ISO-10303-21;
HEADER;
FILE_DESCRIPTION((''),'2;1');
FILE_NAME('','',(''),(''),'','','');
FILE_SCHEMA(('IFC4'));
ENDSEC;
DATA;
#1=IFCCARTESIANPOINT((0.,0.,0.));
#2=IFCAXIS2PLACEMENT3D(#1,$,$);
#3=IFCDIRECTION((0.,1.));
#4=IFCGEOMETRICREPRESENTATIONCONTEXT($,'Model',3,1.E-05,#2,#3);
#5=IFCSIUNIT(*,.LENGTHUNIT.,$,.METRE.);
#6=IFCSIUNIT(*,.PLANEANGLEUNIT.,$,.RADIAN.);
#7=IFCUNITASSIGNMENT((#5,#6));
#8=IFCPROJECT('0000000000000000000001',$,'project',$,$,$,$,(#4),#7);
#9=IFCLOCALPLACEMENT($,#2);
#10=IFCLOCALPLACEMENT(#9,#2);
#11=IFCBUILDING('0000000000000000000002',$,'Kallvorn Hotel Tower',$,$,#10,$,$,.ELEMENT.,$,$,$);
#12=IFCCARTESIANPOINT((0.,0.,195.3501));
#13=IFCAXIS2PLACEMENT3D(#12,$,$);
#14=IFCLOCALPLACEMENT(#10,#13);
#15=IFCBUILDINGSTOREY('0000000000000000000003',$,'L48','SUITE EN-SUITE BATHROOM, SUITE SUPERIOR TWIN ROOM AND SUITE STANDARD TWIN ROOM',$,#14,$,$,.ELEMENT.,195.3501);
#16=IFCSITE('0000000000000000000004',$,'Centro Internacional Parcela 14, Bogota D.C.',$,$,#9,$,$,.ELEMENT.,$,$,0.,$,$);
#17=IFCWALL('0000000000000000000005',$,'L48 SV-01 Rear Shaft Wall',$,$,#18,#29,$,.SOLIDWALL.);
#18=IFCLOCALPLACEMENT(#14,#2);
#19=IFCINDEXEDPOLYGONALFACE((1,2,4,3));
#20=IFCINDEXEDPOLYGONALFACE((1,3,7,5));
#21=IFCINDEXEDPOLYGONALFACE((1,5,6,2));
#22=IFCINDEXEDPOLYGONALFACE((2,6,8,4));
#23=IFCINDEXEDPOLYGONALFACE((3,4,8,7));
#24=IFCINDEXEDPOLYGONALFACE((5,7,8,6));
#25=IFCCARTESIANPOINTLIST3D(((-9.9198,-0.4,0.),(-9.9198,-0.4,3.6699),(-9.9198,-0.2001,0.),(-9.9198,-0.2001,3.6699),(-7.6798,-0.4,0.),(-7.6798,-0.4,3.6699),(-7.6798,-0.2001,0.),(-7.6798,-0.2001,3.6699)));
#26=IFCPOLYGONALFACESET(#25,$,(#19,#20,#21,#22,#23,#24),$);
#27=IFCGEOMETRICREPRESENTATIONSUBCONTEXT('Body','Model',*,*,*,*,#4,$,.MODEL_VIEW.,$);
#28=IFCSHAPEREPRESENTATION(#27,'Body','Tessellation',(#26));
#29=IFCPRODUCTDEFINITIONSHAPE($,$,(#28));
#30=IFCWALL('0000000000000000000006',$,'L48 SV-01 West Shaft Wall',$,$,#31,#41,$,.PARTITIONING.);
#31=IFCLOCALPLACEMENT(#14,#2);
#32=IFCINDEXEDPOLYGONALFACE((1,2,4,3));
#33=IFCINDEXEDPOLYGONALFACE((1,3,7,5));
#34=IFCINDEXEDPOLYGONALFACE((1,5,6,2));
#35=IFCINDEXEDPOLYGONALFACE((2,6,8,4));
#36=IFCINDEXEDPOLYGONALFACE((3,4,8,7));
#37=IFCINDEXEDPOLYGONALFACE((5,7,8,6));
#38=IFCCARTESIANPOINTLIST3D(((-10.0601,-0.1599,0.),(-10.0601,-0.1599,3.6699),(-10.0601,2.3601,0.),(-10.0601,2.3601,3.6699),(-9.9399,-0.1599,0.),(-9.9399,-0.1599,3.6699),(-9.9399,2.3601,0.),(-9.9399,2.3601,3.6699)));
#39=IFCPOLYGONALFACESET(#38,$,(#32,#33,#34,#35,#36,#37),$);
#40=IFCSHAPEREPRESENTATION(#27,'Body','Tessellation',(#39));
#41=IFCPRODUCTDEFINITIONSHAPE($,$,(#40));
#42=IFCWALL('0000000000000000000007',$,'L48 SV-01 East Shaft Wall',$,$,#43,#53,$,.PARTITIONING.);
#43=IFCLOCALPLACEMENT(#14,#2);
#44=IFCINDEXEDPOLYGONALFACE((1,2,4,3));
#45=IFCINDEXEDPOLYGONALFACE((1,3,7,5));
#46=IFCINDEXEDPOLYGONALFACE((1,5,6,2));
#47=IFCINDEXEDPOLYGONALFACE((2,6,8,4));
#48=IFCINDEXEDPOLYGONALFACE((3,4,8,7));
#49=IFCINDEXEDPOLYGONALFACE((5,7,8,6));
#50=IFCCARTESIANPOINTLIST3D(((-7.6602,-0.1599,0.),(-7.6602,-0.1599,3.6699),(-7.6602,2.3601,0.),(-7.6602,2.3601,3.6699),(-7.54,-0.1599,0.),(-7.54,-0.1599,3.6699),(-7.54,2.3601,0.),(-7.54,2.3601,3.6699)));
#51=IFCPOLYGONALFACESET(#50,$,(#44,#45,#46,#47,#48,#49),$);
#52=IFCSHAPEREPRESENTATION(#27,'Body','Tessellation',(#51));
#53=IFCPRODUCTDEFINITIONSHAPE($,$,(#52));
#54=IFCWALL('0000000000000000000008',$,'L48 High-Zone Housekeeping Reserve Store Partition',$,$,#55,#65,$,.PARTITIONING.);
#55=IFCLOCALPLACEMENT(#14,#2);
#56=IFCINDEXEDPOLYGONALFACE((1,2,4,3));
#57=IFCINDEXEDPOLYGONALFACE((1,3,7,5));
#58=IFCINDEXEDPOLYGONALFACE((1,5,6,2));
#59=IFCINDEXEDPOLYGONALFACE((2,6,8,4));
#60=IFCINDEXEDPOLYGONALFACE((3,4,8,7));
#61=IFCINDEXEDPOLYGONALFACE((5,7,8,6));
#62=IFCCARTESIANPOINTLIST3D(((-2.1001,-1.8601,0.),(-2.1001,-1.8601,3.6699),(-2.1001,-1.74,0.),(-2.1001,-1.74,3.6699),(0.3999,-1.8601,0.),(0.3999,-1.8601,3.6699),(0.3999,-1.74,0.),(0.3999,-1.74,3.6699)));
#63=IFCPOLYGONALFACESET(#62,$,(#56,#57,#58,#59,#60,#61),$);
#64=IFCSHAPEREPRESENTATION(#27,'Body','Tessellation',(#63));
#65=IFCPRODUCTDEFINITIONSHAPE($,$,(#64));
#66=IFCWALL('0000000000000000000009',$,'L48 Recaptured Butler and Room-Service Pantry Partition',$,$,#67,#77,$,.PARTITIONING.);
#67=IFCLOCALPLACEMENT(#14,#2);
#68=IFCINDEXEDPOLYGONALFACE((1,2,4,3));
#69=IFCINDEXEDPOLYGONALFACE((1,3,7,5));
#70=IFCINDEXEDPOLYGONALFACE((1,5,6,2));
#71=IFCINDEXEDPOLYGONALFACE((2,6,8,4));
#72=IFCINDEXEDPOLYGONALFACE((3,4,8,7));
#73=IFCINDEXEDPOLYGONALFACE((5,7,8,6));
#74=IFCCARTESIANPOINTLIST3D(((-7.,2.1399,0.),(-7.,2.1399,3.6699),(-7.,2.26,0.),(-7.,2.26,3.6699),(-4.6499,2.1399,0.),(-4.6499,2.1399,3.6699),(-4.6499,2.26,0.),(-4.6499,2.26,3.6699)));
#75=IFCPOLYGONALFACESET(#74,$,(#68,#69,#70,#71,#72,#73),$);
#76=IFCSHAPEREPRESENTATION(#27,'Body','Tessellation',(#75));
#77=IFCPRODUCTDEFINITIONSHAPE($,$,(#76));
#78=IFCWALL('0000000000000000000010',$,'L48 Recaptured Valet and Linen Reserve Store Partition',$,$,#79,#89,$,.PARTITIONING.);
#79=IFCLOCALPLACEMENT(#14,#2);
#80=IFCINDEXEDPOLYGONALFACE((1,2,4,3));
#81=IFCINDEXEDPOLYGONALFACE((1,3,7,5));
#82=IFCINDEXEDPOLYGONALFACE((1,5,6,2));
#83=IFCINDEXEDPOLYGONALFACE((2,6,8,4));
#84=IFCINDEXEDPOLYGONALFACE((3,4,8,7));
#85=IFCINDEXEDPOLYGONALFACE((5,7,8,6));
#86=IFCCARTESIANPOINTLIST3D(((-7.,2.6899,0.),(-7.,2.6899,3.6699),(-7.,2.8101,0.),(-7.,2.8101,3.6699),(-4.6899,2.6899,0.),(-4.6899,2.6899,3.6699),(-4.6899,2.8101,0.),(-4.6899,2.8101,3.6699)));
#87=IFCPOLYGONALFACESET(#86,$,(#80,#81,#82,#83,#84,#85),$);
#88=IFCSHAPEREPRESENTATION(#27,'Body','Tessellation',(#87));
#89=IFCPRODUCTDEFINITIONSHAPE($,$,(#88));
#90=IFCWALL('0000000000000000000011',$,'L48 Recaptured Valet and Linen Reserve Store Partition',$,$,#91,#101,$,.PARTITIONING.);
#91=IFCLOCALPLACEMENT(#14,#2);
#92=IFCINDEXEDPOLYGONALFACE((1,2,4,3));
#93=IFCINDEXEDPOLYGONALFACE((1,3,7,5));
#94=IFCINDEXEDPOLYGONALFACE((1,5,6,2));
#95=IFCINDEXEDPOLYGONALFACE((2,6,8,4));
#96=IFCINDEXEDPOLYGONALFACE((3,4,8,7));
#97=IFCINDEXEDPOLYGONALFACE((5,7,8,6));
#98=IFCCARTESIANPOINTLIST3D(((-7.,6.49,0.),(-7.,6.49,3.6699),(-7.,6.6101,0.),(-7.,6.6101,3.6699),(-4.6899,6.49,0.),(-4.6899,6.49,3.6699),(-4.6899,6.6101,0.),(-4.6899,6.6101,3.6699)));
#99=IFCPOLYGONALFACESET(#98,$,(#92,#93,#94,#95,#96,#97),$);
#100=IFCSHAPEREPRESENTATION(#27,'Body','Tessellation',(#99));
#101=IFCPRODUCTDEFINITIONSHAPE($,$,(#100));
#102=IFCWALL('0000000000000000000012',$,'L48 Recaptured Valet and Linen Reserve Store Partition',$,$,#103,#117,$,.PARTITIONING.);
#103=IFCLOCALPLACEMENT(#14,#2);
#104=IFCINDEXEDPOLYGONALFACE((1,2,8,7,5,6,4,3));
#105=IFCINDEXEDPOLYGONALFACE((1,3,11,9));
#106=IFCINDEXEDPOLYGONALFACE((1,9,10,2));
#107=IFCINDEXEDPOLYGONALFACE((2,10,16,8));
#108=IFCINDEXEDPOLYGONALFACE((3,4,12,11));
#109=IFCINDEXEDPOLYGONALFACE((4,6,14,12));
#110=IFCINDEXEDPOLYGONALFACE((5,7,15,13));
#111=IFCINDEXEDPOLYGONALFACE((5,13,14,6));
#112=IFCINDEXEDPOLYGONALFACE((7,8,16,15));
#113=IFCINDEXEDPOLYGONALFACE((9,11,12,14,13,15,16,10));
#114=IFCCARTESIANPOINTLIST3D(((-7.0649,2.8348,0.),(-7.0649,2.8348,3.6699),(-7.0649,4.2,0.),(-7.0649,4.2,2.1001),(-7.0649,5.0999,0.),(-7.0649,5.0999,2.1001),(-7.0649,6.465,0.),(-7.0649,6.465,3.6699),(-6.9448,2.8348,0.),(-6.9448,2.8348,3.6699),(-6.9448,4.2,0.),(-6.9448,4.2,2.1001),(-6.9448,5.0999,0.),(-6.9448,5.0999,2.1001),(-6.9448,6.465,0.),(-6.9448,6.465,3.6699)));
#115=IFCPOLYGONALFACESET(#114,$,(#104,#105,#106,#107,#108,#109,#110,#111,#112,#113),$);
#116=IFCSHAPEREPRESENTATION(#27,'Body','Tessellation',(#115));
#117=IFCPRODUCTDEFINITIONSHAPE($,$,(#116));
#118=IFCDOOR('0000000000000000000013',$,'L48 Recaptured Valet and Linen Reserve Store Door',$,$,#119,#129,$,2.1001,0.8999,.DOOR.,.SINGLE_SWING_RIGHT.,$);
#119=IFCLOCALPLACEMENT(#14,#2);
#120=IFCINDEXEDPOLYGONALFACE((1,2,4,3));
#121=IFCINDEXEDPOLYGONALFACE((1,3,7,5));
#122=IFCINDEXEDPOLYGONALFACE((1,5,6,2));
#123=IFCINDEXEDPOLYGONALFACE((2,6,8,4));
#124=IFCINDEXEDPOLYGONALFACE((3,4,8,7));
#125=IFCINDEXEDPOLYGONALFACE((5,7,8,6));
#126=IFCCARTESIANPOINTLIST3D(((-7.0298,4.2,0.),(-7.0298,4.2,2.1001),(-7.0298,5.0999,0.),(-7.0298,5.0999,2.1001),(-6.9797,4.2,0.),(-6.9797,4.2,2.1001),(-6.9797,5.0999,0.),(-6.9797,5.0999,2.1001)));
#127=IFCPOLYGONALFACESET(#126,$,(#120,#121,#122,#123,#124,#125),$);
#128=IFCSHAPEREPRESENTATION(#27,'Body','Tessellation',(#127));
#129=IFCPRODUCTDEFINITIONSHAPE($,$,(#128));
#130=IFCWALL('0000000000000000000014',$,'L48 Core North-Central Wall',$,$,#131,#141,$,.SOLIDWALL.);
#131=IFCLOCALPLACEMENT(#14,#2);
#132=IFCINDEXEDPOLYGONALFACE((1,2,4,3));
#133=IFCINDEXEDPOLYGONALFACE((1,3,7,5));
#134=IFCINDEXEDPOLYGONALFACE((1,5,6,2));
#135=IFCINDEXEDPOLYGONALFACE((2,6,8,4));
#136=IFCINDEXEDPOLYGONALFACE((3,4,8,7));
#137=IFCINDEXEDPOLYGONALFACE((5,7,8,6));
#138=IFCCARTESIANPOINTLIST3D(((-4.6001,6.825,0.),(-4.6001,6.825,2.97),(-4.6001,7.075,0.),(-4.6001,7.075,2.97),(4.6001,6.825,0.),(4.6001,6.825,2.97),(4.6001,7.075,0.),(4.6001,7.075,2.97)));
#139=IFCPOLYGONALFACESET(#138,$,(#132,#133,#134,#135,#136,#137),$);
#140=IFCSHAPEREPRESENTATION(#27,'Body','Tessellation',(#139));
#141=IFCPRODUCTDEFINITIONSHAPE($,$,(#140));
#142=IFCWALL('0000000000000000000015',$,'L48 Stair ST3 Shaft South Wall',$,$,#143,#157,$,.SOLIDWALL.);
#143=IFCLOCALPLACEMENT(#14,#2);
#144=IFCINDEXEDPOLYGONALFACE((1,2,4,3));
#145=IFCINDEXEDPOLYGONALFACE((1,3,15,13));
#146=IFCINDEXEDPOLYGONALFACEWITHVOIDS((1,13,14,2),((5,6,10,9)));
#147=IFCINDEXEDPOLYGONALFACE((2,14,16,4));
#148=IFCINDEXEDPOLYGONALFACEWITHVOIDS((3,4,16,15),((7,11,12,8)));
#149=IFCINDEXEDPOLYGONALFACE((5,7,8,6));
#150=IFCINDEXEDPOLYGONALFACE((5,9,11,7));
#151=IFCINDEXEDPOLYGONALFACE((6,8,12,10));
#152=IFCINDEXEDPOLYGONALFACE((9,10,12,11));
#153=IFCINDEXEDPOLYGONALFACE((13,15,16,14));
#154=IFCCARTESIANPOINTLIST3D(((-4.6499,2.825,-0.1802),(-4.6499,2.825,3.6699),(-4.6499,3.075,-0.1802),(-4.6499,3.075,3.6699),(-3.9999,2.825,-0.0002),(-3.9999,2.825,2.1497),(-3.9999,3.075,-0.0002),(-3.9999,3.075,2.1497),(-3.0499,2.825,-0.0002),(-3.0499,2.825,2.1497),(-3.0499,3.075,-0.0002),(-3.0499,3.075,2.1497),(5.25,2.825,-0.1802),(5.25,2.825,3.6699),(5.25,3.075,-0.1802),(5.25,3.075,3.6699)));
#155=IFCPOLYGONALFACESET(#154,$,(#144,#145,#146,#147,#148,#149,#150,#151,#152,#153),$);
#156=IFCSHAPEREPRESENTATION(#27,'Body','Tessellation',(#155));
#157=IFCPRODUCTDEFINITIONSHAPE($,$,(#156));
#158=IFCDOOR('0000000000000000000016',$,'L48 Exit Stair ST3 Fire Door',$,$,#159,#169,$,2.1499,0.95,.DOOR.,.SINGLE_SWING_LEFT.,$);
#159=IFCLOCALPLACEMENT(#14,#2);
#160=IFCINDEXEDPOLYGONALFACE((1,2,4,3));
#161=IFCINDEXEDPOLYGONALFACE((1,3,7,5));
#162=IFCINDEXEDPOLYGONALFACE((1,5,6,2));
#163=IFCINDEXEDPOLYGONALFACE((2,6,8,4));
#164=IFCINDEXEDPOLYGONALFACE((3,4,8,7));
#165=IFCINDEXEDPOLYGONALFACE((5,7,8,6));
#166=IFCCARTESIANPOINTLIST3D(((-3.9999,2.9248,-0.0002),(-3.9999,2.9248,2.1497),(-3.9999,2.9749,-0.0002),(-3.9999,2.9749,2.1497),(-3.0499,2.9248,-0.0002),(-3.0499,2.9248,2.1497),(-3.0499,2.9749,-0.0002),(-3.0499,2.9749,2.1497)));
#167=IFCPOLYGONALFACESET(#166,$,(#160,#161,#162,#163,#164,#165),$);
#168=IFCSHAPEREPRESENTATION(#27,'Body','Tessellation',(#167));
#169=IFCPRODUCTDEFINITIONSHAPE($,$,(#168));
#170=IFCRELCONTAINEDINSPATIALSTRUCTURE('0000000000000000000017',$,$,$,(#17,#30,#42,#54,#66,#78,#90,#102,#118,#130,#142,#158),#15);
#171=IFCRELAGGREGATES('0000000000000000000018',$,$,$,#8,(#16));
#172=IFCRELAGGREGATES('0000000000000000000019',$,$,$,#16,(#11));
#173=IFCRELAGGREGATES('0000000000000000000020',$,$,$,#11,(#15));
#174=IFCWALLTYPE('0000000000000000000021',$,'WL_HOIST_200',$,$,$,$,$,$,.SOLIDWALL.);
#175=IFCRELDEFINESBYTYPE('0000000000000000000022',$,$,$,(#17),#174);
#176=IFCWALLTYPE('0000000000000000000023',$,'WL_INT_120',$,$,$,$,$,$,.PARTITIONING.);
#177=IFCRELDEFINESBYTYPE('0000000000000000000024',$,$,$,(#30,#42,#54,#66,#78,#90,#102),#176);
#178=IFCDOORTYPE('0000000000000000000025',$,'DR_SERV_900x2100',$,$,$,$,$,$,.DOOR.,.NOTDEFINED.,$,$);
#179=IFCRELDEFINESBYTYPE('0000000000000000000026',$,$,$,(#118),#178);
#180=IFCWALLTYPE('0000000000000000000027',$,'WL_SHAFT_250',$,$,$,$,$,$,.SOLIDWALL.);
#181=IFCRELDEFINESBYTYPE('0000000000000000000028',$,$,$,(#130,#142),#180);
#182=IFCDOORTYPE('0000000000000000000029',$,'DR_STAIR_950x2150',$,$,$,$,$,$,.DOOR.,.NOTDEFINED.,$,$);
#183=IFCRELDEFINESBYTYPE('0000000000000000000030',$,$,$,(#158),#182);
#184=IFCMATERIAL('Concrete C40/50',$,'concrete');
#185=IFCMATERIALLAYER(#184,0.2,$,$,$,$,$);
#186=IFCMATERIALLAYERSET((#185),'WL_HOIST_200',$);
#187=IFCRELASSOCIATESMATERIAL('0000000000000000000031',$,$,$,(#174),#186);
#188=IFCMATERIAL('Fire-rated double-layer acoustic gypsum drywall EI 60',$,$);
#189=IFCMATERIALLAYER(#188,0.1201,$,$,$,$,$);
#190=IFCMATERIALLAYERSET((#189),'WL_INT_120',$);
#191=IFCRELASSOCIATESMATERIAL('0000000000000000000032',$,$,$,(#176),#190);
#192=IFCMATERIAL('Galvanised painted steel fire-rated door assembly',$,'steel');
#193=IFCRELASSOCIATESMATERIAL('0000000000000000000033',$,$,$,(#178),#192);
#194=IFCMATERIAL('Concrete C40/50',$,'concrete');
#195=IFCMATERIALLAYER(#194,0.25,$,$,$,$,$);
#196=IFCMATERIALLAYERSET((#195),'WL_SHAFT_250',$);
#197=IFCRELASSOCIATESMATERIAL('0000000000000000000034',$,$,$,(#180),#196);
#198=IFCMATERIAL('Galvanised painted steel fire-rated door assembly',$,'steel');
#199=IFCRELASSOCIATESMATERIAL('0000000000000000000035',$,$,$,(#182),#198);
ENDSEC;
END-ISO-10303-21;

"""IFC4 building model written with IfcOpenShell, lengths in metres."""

from ifc_helpers import new_model, si_unit, direction, frame, frame_2d, origin, place, context, subcontext, project, spatial, rectangle, extrude, material, layer, layer_set, type_object, element, fill, save


model = new_model("IFC4")

# Units and contexts
model_context = context("Model", 3, precision=1e-05, world=origin(), true_north=direction((0.0, 1.0)))
body_context = subcontext(model_context, "Body", "Model", "MODEL_VIEW")
ifc_project = project(units=[si_unit("LENGTHUNIT", "METRE"), si_unit("PLANEANGLEUNIT", "RADIAN")], contexts=[model_context])

# Site, building, storey
site_placement = place(None, origin())
site = spatial("IfcSite", under=ifc_project, at=site_placement, Name="Centro Internacional Parcela 14, Bogota D.C.", CompositionType="ELEMENT", RefElevation=0.0)
building_placement = place(site_placement, origin())
building = spatial("IfcBuilding", under=site, at=building_placement, Name="Kallvorn Hotel Tower", CompositionType="ELEMENT")
storey_placement = place(building_placement, frame((0.0, 0.0, 195.3501)))
storey = spatial("IfcBuildingStorey", under=building, at=storey_placement, Name="L48", Description="SUITE EN-SUITE BATHROOM, SUITE SUPERIOR TWIN ROOM AND SUITE STANDARD TWIN ROOM", CompositionType="ELEMENT", Elevation=195.3501)

# Shared definitions
ifc_material_1 = material(Name="Concrete C40/50", Category="concrete")
ifc_layer_1 = layer(ifc_material_1, 0.2)
ifc_layer_set_1 = layer_set([ifc_layer_1], Name="WL_HOIST_200")
wall_type_1 = type_object("IfcWallType", Name="WL_HOIST_200", PredefinedType="SOLIDWALL", material=ifc_layer_set_1)

# Walls
wall_1_placement = place(storey_placement, frame((-9.9199, -0.3, 0.0), z_axis=(0.0, 0.0, 1.0), x_axis=(1.0, 0.0, 0.0)))
element("IfcWall", 1, at=wall_1_placement, inside=storey, type_object=wall_type_1, Name="L48 SV-01 Rear Shaft Wall", PredefinedType="SOLIDWALL", context=body_context, shape_type="SweptSolid", body=[
    extrude(rectangle(XDim=2.24, YDim=0.2, at=frame_2d((1.1201, 0.0))), origin(), (0.0, 0.0, 1.0), 3.6699),
])
ifc_material_2 = material(Name="Fire-rated double-layer acoustic gypsum drywall EI 60")
ifc_layer_2 = layer(ifc_material_2, 0.1201)
ifc_layer_set_2 = layer_set([ifc_layer_2], Name="WL_INT_120")
wall_type_2 = type_object("IfcWallType", Name="WL_INT_120", PredefinedType="PARTITIONING", material=ifc_layer_set_2)
for number, where, z_axis, x_axis, name in (
    (2, (-10.0, -0.1599, 0.0), (0.0, 0.0, 1.0), (0.0, 1.0, 0.0), "L48 SV-01 West Shaft Wall"),
    (3, (-7.6001, -0.1599, 0.0), (0.0, 0.0, 1.0), (0.0, 1.0, 0.0), "L48 SV-01 East Shaft Wall"),
):
    element("IfcWall", number, at=place(storey_placement, frame(where, z_axis=z_axis, x_axis=x_axis)), inside=storey, type_object=wall_type_2, Name=name, PredefinedType="PARTITIONING", context=body_context, shape_type="SweptSolid", body=[
        extrude(rectangle(XDim=2.52, YDim=0.1201, at=frame_2d((1.26, 0.0))), origin(), (0.0, 0.0, 1.0), 3.6699),
    ])
wall_2_placement = place(storey_placement, frame((-2.1001, -1.8, 0.0), z_axis=(0.0, 0.0, 1.0), x_axis=(1.0, 0.0, 0.0)))
element("IfcWall", 4, at=wall_2_placement, inside=storey, type_object=wall_type_2, Name="L48 High-Zone Housekeeping Reserve Store Partition", PredefinedType="PARTITIONING", context=body_context, shape_type="SweptSolid", body=[
    extrude(rectangle(XDim=2.5, YDim=0.1201, at=frame_2d((1.25, 0.0))), origin(), (0.0, 0.0, 1.0), 3.6699),
])
wall_3_placement = place(storey_placement, frame((-7.0, 2.2, 0.0), z_axis=(0.0, 0.0, 1.0), x_axis=(1.0, 0.0, 0.0)))
element("IfcWall", 5, at=wall_3_placement, inside=storey, type_object=wall_type_2, Name="L48 Recaptured Butler and Room-Service Pantry Partition", PredefinedType="PARTITIONING", context=body_context, shape_type="SweptSolid", body=[
    extrude(rectangle(XDim=2.3501, YDim=0.1201, at=frame_2d((1.175, 0.0))), origin(), (0.0, 0.0, 1.0), 3.6699),
])
for number, where, z_axis, x_axis, name in (
    (6, (-7.0, 2.75, 0.0), (0.0, 0.0, 1.0), (1.0, 0.0, 0.0), "L48 Recaptured Valet and Linen Reserve Store Partition"),
    (7, (-7.0, 6.55, 0.0), (0.0, 0.0, 1.0), (1.0, 0.0, 0.0), "L48 Recaptured Valet and Linen Reserve Store Partition"),
):
    element("IfcWall", number, at=place(storey_placement, frame(where, z_axis=z_axis, x_axis=x_axis)), inside=storey, type_object=wall_type_2, Name=name, PredefinedType="PARTITIONING", context=body_context, shape_type="SweptSolid", body=[
        extrude(rectangle(XDim=2.3101, YDim=0.1201, at=frame_2d((1.155, 0.0))), origin(), (0.0, 0.0, 1.0), 3.6699),
    ])

# Wall, opening, door
wall_4_placement = place(storey_placement, frame((-7.0049, 2.835, 0.0), z_axis=(0.0, 0.0, 1.0), x_axis=(0.0, 1.0, 0.0)))
wall_4 = element("IfcWall", 8, at=wall_4_placement, inside=storey, type_object=wall_type_2, Name="L48 Recaptured Valet and Linen Reserve Store Partition", PredefinedType="PARTITIONING", context=body_context, shape_type="SweptSolid", body=[
    extrude(rectangle(XDim=3.6301, YDim=0.1201, at=frame_2d((1.8149, 0.0))), origin(), (0.0, 0.0, 1.0), 3.6699),
])
opening_1_placement = place(wall_4_placement, frame((1.365, 0.0, 0.0)))
opening_1 = element("IfcOpeningElement", 9, at=opening_1_placement, cuts=wall_4, PredefinedType="OPENING", context=body_context, shape_type="SweptSolid", body=[
    extrude(rectangle(XDim=0.8999, YDim=2.1001, at=frame_2d((0.45, 1.05))), frame((0.0, 0.075, 0.0), z_axis=(0.0, -1.0, 0.0), x_axis=(1.0, 0.0, 0.0)), (0.0, 0.0, 1.0), 0.1501),
])
ifc_material_3 = material(Name="Galvanised painted steel fire-rated door assembly", Category="steel")
door_type_1 = type_object("IfcDoorType", Name="DR_SERV_900x2100", OperationType="NOTDEFINED", PredefinedType="DOOR", material=ifc_material_3)
door_1_placement = place(opening_1_placement, origin())
door_1 = element("IfcDoor", 10, at=door_1_placement, inside=storey, type_object=door_type_1, Name="L48 Recaptured Valet and Linen Reserve Store Door", OperationType="SINGLE_SWING_RIGHT", OverallHeight=2.1001, OverallWidth=0.8999, PredefinedType="DOOR", context=body_context, shape_type="SweptSolid", body=[
    extrude(rectangle(XDim=0.8999, YDim=2.1001, at=frame_2d((0.45, 1.05))), frame((0.0, 0.0249, 0.0), z_axis=(0.0, -1.0, 0.0), x_axis=(1.0, 0.0, 0.0)), (0.0, 0.0, 1.0), 0.05),
])
fill(opening_1, door_1)

# Wall
ifc_material_4 = material(Name="Concrete C40/50", Category="concrete")
ifc_layer_3 = layer(ifc_material_4, 0.25)
ifc_layer_set_3 = layer_set([ifc_layer_3], Name="WL_SHAFT_250")
wall_type_3 = type_object("IfcWallType", Name="WL_SHAFT_250", PredefinedType="SOLIDWALL", material=ifc_layer_set_3)
wall_5_placement = place(storey_placement, frame((-4.6001, 6.95, 0.0), z_axis=(0.0, 0.0, 1.0), x_axis=(1.0, 0.0, 0.0)))
element("IfcWall", 11, at=wall_5_placement, inside=storey, type_object=wall_type_3, Name="L48 Core North-Central Wall", PredefinedType="SOLIDWALL", context=body_context, shape_type="SweptSolid", body=[
    extrude(rectangle(XDim=9.2002, YDim=0.25, at=frame_2d((4.6001, 0.0))), origin(), (0.0, 0.0, 1.0), 2.97),
])

# Wall, opening, door
wall_6_placement = place(storey_placement, frame((-4.6499, 2.95, -0.1802), z_axis=(0.0, 0.0, 1.0), x_axis=(1.0, 0.0, 0.0)))
wall_6 = element("IfcWall", 12, at=wall_6_placement, inside=storey, type_object=wall_type_3, Name="L48 Stair ST3 Shaft South Wall", PredefinedType="SOLIDWALL", context=body_context, shape_type="SweptSolid", body=[
    extrude(rectangle(XDim=9.8999, YDim=0.25, at=frame_2d((4.95, 0.0))), origin(), (0.0, 0.0, 1.0), 3.8501),
])
opening_2_placement = place(wall_6_placement, frame((0.6499, 0.0, 0.1799)))
opening_2 = element("IfcOpeningElement", 13, at=opening_2_placement, cuts=wall_6, PredefinedType="OPENING", context=body_context, shape_type="SweptSolid", body=[
    extrude(rectangle(XDim=0.95, YDim=2.1499, at=frame_2d((0.4751, 1.075))), frame((0.0, 0.1399, 0.0), z_axis=(0.0, -1.0, 0.0), x_axis=(1.0, 0.0, 0.0)), (0.0, 0.0, 1.0), 0.28),
])
ifc_material_5 = material(Name="Galvanised painted steel fire-rated door assembly", Category="steel")
door_type_2 = type_object("IfcDoorType", Name="DR_STAIR_950x2150", OperationType="NOTDEFINED", PredefinedType="DOOR", material=ifc_material_5)
door_2_placement = place(opening_2_placement, origin())
door_2 = element("IfcDoor", 14, at=door_2_placement, inside=storey, type_object=door_type_2, Name="L48 Exit Stair ST3 Fire Door", OperationType="SINGLE_SWING_LEFT", OverallHeight=2.1499, OverallWidth=0.95, PredefinedType="DOOR", context=body_context, shape_type="SweptSolid", body=[
    extrude(rectangle(XDim=0.95, YDim=2.1499, at=frame_2d((0.4751, 1.075))), frame((0.0, 0.0249, 0.0), z_axis=(0.0, -1.0, 0.0), x_axis=(1.0, 0.0, 0.0)), (0.0, 0.0, 1.0), 0.05),
])
fill(opening_2, door_2)

save(model, "model.ifc")
